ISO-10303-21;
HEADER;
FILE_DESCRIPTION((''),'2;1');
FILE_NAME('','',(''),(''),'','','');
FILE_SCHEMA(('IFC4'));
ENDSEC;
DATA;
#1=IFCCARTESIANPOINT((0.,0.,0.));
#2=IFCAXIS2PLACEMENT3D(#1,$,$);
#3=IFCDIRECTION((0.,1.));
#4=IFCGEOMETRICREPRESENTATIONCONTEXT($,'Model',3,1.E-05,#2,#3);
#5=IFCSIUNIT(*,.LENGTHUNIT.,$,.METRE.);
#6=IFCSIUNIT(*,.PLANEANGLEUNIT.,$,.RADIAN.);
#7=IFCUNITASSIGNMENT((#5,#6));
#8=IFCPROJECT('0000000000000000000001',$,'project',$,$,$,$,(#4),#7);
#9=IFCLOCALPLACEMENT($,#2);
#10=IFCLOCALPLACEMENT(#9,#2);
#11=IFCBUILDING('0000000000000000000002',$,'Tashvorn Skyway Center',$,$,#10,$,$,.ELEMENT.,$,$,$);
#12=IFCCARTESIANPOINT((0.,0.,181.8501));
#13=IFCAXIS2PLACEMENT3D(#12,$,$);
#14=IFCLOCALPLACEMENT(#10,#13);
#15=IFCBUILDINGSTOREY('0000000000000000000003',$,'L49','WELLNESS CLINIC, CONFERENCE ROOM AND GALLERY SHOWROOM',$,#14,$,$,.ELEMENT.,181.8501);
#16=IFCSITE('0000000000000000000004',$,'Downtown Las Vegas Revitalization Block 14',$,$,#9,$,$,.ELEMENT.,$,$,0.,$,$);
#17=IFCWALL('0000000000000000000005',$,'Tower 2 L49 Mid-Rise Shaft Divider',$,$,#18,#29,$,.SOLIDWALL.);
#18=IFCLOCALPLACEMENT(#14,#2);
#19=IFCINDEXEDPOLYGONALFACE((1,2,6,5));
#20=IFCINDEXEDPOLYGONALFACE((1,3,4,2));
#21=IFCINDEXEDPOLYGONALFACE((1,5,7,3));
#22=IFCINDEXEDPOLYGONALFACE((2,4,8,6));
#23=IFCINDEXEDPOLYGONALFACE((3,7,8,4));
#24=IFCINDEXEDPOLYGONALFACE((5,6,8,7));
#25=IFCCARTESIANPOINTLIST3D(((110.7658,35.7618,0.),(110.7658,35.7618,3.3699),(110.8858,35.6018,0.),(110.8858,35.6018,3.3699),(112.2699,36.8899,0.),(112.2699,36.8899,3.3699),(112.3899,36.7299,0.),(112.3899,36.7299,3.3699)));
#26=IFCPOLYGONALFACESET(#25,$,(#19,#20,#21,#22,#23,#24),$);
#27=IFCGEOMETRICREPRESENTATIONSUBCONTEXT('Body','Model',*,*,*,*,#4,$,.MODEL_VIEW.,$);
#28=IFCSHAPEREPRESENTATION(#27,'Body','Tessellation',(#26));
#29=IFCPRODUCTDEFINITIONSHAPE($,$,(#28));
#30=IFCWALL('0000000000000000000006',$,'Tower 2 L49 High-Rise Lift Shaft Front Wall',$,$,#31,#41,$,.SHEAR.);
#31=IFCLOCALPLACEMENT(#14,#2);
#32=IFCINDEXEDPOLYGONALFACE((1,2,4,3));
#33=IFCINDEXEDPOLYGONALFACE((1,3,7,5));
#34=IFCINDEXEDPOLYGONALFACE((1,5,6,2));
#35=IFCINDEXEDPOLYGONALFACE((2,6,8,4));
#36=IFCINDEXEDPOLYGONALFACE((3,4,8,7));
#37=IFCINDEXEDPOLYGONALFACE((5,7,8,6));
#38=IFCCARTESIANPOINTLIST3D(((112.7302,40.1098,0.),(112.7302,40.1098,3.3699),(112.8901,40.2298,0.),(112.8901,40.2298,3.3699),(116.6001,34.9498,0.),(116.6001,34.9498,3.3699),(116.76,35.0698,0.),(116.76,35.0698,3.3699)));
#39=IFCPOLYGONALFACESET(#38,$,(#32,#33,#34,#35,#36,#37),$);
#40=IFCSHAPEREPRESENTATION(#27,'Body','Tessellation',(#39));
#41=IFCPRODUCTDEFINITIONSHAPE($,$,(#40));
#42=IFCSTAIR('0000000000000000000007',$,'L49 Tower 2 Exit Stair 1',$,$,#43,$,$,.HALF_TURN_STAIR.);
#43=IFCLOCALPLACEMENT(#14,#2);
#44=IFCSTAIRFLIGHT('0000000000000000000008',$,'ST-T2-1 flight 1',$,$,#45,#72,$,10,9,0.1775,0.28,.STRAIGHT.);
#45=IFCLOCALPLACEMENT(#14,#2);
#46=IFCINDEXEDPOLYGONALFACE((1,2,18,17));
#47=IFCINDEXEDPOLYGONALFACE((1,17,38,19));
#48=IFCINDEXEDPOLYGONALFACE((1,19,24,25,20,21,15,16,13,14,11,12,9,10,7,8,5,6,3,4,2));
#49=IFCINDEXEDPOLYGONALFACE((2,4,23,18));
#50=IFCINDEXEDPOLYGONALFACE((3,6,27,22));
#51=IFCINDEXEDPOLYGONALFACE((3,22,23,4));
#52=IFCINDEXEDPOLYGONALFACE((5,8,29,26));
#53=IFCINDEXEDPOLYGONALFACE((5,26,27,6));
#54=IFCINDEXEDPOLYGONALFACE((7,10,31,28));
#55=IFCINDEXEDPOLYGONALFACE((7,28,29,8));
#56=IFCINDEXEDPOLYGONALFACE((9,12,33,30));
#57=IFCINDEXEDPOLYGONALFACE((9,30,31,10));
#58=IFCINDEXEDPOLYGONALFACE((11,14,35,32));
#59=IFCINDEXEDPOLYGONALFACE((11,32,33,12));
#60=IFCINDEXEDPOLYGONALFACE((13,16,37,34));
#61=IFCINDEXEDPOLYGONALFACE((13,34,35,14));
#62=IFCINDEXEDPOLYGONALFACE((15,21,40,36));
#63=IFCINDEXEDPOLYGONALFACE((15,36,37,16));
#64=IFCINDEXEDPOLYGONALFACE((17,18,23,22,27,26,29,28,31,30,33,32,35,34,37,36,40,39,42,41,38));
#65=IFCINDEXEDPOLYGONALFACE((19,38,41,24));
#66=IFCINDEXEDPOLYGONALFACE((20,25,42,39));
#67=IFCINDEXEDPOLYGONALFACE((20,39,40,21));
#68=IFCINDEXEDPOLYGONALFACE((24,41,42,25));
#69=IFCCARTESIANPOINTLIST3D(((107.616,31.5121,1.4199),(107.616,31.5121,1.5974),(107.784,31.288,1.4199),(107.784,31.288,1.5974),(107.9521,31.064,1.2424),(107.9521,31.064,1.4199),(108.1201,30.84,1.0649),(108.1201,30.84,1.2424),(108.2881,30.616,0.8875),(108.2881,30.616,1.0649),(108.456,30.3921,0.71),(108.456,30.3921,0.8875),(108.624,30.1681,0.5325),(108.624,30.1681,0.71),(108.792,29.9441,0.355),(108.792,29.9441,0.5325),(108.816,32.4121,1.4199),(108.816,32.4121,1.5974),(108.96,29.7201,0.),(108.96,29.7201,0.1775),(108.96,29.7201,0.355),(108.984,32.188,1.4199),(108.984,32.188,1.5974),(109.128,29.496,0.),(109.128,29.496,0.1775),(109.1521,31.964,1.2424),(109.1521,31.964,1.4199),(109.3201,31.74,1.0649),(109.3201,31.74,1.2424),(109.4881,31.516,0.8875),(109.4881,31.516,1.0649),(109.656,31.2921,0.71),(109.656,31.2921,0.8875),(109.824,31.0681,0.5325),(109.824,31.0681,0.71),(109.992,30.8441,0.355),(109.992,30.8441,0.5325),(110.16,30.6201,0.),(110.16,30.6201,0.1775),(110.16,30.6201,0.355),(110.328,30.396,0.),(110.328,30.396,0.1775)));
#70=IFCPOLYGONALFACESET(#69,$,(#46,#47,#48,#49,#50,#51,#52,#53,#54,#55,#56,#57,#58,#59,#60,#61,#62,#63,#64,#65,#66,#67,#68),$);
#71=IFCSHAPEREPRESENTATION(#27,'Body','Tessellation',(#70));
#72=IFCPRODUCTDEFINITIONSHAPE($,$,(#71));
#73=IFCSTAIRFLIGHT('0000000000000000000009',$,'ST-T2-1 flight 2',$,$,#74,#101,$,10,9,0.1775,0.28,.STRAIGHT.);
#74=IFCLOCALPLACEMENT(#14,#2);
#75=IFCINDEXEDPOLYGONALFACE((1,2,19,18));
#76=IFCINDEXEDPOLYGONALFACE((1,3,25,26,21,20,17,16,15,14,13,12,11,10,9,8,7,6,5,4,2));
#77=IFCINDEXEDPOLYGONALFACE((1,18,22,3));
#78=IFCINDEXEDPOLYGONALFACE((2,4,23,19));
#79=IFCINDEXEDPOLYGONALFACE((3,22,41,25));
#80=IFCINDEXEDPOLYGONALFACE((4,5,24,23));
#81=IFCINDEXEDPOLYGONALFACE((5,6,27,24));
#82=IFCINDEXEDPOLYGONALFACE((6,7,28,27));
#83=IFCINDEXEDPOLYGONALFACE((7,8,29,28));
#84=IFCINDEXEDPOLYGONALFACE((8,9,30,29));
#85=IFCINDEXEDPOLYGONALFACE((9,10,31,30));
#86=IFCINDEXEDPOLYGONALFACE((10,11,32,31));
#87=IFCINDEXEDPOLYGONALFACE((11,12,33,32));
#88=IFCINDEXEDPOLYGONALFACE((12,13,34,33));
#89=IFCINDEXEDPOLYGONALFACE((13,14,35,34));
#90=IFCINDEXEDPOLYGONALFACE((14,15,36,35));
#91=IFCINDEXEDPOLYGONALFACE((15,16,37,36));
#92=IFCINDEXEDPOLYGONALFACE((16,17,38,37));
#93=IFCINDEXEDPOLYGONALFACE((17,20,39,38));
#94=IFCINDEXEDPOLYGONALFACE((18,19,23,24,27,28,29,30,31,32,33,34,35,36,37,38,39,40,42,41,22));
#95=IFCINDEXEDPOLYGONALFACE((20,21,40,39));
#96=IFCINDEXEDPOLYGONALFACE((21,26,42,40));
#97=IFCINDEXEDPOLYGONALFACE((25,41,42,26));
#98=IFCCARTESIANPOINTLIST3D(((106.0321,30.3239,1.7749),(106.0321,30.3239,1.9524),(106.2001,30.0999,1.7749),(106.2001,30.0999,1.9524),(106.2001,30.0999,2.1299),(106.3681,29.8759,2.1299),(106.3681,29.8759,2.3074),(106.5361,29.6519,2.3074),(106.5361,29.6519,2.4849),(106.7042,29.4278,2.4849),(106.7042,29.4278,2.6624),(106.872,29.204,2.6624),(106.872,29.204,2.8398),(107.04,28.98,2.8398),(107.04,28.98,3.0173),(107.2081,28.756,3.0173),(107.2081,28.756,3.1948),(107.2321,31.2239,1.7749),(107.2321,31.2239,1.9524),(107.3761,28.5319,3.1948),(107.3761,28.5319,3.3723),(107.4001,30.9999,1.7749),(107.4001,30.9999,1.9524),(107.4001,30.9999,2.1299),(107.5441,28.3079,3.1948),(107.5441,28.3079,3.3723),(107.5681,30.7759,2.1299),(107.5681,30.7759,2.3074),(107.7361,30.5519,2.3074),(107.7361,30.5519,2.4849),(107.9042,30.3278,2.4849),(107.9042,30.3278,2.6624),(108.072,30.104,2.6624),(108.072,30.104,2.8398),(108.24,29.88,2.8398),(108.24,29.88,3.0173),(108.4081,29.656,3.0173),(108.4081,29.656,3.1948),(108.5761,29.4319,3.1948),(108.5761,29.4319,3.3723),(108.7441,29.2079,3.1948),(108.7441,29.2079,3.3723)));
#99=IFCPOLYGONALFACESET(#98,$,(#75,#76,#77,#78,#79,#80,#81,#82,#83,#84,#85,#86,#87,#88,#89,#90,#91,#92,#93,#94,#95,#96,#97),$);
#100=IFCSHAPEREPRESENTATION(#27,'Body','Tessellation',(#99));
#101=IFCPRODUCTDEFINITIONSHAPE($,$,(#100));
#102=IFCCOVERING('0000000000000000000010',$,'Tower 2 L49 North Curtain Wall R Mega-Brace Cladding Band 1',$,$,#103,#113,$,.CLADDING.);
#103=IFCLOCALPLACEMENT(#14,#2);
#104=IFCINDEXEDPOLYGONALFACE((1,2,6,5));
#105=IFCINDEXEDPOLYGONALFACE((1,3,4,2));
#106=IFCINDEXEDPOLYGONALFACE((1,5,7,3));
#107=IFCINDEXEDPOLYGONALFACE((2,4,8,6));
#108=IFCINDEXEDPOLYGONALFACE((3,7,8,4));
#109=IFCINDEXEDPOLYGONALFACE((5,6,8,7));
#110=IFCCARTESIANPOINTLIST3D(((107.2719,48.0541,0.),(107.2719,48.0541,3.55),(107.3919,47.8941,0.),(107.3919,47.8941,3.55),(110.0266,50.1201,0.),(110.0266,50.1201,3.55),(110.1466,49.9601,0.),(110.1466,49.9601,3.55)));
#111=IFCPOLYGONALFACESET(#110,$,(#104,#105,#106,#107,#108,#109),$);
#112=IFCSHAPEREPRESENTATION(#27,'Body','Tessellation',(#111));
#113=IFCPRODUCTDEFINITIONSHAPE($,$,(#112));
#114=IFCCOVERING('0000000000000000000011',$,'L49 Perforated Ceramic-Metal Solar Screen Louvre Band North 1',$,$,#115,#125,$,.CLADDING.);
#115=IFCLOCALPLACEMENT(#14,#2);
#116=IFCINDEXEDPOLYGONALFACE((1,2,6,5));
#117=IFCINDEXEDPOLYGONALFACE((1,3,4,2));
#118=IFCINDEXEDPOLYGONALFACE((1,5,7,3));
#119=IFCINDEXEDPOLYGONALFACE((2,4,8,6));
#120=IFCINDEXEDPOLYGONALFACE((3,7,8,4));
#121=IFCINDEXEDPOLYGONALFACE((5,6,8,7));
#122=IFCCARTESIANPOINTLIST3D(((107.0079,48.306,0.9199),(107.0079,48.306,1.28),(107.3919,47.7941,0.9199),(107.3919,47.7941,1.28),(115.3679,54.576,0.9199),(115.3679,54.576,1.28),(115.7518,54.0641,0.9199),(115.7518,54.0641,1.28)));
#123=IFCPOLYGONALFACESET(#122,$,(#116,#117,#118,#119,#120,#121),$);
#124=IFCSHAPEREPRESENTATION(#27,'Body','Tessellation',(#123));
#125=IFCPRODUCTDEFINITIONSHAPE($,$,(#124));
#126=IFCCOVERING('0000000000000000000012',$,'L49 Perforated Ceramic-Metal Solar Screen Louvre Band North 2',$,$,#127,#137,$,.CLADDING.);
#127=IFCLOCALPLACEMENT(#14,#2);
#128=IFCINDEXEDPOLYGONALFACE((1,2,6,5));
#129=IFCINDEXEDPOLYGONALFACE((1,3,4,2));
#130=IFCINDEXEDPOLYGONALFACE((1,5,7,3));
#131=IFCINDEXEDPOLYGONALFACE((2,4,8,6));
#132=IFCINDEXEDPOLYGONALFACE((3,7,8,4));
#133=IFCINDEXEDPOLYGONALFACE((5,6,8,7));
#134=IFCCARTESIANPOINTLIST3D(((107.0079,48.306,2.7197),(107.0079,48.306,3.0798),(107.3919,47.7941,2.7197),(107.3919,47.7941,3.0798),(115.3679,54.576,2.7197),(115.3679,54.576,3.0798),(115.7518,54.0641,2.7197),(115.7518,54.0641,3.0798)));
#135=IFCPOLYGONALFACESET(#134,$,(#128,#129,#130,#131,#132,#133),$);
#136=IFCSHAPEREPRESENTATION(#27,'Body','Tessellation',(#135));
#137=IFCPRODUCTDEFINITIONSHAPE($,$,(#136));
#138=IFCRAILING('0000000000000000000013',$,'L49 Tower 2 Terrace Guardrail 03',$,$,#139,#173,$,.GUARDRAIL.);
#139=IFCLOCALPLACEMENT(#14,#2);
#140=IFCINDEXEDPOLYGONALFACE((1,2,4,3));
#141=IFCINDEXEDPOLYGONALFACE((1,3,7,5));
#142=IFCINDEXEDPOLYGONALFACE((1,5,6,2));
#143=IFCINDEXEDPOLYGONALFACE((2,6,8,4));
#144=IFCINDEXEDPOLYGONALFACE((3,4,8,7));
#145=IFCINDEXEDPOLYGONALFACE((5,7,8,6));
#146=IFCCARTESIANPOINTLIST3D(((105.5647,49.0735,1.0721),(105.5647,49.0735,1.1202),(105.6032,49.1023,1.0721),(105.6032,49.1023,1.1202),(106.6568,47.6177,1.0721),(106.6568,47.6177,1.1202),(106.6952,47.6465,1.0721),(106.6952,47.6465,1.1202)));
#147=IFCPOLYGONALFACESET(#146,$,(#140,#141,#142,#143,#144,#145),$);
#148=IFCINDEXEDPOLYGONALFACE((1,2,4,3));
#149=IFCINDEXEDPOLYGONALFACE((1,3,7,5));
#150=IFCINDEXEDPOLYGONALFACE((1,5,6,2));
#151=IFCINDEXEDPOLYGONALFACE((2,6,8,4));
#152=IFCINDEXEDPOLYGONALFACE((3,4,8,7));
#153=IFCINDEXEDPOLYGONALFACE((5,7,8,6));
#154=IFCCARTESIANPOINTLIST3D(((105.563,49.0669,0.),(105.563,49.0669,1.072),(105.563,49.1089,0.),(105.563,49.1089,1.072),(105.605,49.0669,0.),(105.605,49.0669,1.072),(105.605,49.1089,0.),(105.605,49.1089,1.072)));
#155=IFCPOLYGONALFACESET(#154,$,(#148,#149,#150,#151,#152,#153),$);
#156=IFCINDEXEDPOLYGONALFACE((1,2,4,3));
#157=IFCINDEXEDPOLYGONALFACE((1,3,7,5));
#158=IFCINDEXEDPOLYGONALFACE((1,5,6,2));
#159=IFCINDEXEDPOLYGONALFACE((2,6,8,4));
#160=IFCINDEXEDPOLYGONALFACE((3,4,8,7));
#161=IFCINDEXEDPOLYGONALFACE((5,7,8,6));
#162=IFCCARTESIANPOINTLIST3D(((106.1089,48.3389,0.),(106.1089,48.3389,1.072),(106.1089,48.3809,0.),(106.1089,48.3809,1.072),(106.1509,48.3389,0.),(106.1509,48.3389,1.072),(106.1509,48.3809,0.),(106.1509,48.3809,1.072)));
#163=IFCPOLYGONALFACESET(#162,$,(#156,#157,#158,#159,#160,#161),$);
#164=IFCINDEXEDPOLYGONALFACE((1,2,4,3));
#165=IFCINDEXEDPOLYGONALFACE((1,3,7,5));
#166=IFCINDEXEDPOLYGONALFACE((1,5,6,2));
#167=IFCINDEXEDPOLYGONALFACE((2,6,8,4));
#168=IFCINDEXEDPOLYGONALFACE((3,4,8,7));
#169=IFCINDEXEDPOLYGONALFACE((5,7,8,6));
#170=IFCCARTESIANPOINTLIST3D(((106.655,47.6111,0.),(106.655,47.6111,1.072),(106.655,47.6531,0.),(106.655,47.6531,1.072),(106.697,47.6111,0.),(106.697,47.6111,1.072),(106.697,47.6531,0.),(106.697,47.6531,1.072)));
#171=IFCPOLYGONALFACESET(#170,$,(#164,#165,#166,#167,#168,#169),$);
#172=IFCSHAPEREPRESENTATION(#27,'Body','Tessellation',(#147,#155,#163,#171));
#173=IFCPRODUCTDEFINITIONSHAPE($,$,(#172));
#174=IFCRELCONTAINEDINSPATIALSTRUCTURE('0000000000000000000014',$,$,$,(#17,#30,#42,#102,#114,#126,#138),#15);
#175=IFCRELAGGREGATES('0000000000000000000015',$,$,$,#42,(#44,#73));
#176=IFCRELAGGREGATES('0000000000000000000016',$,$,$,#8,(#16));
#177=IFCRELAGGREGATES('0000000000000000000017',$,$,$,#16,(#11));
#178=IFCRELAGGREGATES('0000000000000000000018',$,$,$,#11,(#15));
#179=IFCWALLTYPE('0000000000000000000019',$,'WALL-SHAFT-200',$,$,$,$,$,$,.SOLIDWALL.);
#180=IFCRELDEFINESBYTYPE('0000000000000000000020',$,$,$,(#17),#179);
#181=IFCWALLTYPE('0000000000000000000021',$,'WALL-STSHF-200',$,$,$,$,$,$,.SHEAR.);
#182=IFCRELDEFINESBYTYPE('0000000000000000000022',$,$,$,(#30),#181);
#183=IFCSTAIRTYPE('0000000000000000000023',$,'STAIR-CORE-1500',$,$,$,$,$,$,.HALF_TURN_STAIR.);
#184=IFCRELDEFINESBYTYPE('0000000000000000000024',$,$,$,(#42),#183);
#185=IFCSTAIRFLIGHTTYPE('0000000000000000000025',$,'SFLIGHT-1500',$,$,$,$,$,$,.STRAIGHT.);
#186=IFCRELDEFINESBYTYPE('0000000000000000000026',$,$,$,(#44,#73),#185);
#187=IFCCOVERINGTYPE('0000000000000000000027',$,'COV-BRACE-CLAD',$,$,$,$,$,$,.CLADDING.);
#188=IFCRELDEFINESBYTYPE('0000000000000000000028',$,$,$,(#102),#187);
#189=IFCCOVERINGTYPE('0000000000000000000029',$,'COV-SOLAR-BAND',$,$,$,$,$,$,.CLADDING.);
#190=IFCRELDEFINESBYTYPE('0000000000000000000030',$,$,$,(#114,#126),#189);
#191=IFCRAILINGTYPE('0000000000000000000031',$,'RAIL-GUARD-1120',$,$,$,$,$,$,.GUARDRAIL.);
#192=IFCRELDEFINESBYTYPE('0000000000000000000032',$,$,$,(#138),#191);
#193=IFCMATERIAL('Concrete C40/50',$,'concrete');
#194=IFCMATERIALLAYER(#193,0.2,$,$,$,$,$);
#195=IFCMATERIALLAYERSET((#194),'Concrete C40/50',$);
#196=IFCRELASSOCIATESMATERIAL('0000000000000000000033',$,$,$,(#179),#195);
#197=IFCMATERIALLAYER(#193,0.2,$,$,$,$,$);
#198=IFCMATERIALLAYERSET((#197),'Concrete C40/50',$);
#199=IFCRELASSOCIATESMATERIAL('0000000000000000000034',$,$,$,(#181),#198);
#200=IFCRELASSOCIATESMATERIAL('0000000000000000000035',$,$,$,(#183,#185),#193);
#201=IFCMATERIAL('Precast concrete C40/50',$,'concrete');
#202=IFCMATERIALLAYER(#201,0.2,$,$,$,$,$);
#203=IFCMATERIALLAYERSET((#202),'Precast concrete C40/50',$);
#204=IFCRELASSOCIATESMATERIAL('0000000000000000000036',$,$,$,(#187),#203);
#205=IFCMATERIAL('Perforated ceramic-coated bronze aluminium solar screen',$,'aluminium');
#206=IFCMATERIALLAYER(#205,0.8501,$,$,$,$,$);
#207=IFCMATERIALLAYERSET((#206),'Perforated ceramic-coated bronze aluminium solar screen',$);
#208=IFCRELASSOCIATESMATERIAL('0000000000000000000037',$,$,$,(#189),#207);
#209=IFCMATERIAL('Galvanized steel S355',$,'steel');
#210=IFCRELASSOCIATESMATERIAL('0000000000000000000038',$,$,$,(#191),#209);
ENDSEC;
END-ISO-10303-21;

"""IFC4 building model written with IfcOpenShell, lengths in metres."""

from ifc_helpers import new_model, si_unit, direction, frame, frame_2d, origin, origin_2d, place, context, subcontext, project, spatial, polyline, rectangle, outline, extrude, material, layer, layer_set, type_object, element, aggregate, save


model = new_model("IFC4")

# Units and contexts
model_context = context("Model", 3, precision=1e-05, world=origin(), true_north=direction((0.0, 1.0)))
body_context = subcontext(model_context, "Body", "Model", "MODEL_VIEW")
ifc_project = project(units=[si_unit("LENGTHUNIT", "METRE"), si_unit("PLANEANGLEUNIT", "RADIAN")], contexts=[model_context])

# Site, building, storey
site_placement = place(None, origin())
site = spatial("IfcSite", under=ifc_project, at=site_placement, Name="Downtown Las Vegas Revitalization Block 14", CompositionType="ELEMENT", RefElevation=0.0)
building_placement = place(site_placement, origin())
building = spatial("IfcBuilding", under=site, at=building_placement, Name="Tashvorn Skyway Center", CompositionType="ELEMENT")
storey_placement = place(building_placement, frame((0.0, 0.0, 181.8501)))
storey = spatial("IfcBuildingStorey", under=building, at=storey_placement, Name="L49", Description="WELLNESS CLINIC, CONFERENCE ROOM AND GALLERY SHOWROOM", CompositionType="ELEMENT", Elevation=181.8501)

# Shared definitions
ifc_material_1 = material(Name="Concrete C40/50", Category="concrete")

# Walls
ifc_layer_1 = layer(ifc_material_1, 0.2)
ifc_layer_set_1 = layer_set([ifc_layer_1], Name="Concrete C40/50")
wall_type_1 = type_object("IfcWallType", Name="WALL-SHAFT-200", PredefinedType="SOLIDWALL", material=ifc_layer_set_1)
wall_1_placement = place(storey_placement, frame((110.8259, 35.6819, 0.0), z_axis=(0.0, 0.0, 1.0), x_axis=(0.799984, 0.600021, 0.0)))
element("IfcWall", 1, at=wall_1_placement, inside=storey, type_object=wall_type_1, Name="Tower 2 L49 Mid-Rise Shaft Divider", PredefinedType="SOLIDWALL", context=body_context, shape_type="SweptSolid", body=[
    extrude(rectangle(XDim=1.8801, YDim=0.2, at=frame_2d((0.9399, 0.0))), origin(), (0.0, 0.0, 1.0), 3.3699),
])
ifc_layer_2 = layer(ifc_material_1, 0.2)
ifc_layer_set_2 = layer_set([ifc_layer_2], Name="Concrete C40/50")
wall_type_2 = type_object("IfcWallType", Name="WALL-STSHF-200", PredefinedType="SHEAR", material=ifc_layer_set_2)
wall_2_placement = place(storey_placement, frame((112.8101, 40.1699, 0.0), z_axis=(0.0, 0.0, 1.0), x_axis=(0.599994, -0.800005, 0.0)))
element("IfcWall", 2, at=wall_2_placement, inside=storey, type_object=wall_type_2, Name="Tower 2 L49 High-Rise Lift Shaft Front Wall", PredefinedType="SHEAR", context=body_context, shape_type="SweptSolid", body=[
    extrude(rectangle(XDim=6.45, YDim=0.2, at=frame_2d((3.2251, 0.0))), origin(), (0.0, 0.0, 1.0), 3.3699),
])

# Stair, stair flights
stair_type = type_object("IfcStairType", Name="STAIR-CORE-1500", PredefinedType="HALF_TURN_STAIR", material=ifc_material_1)
stair_placement = place(storey_placement, origin())
stair = element("IfcStair", 3, at=stair_placement, inside=storey, type_object=stair_type, Name="L49 Tower 2 Exit Stair 1", PredefinedType="HALF_TURN_STAIR")
stair_flight_type = type_object("IfcStairFlightType", Name="SFLIGHT-1500", PredefinedType="STRAIGHT", material=ifc_material_1)
stair_flight_1_placement = place(storey_placement, frame((109.728, 29.946, 0.0), z_axis=(0.0, 0.0, 1.0), x_axis=(-0.6, 0.8, 0.0)))
stair_flight_1 = element("IfcStairFlight", 4, at=stair_flight_1_placement, type_object=stair_flight_type, Name="ST-T2-1 flight 1", NumberOfRisers=10, NumberOfTreads=9, PredefinedType="STRAIGHT", RiserHeight=0.1775, TreadLength=0.28, context=body_context, shape_type="SweptSolid", body=[
    extrude(outline(polyline([(0.0, 0.0), (0.0, 0.1775), (0.28, 0.1775), (0.28, 0.355), (0.5601, 0.355), (0.5601, 0.5325), (0.8401, 0.5325), (0.8401, 0.71), (1.1201, 0.71), (1.1201, 0.8875), (1.3999, 0.8875), (1.3999, 1.0649), (1.6799, 1.0649), (1.6799, 1.2424), (1.96, 1.2424), (1.96, 1.4199), (2.24, 1.4199), (2.24, 1.5974), (2.52, 1.5974), (2.52, 1.7749), (2.52, 1.4199), (0.28, 0.0), (0.0, 0.0)])), frame((0.0, 0.75, 0.0), z_axis=(0.0, -1.0, 0.0), x_axis=(1.0, 0.0, 0.0)), (0.0, 0.0, 1.0), 1.5),
])
stair_flight_2_placement = place(storey_placement, frame((106.6321, 30.7739, 1.7749), z_axis=(0.0, 0.0, 1.0), x_axis=(0.6, -0.8, 0.0)))
stair_flight_2 = element("IfcStairFlight", 5, at=stair_flight_2_placement, type_object=stair_flight_type, Name="ST-T2-1 flight 2", NumberOfRisers=10, NumberOfTreads=9, PredefinedType="STRAIGHT", RiserHeight=0.1775, TreadLength=0.28, context=body_context, shape_type="SweptSolid", body=[
    extrude(outline(polyline([(0.0, 0.0), (0.0, 0.1775), (0.28, 0.1775), (0.28, 0.355), (0.5601, 0.355), (0.5601, 0.5325), (0.8401, 0.5325), (0.8401, 0.71), (1.1201, 0.71), (1.1201, 0.8875), (1.3999, 0.8875), (1.3999, 1.0649), (1.6799, 1.0649), (1.6799, 1.2424), (1.96, 1.2424), (1.96, 1.4199), (2.24, 1.4199), (2.24, 1.5974), (2.52, 1.5974), (2.52, 1.7749), (2.52, 1.4199), (0.28, 0.0), (0.0, 0.0)])), frame((0.0, 0.75, 0.0), z_axis=(0.0, -1.0, 0.0), x_axis=(1.0, 0.0, 0.0)), (0.0, 0.0, 1.0), 1.5),
])
aggregate(stair, [stair_flight_1, stair_flight_2])

# Coverings
ifc_material_2 = material(Name="Precast concrete C40/50", Category="concrete")
ifc_layer_3 = layer(ifc_material_2, 0.2)
ifc_layer_set_3 = layer_set([ifc_layer_3], Name="Precast concrete C40/50")
covering_type_1 = type_object("IfcCoveringType", Name="COV-BRACE-CLAD", PredefinedType="CLADDING", material=ifc_layer_set_3)
covering_placement = place(storey_placement, frame((108.7092, 49.0071, 0.0), z_axis=(0.0, 0.0, 1.0), x_axis=(0.8, 0.6, 0.0)))
element("IfcCovering", 6, at=covering_placement, inside=storey, type_object=covering_type_1, Name="Tower 2 L49 North Curtain Wall R Mega-Brace Cladding Band 1", PredefinedType="CLADDING", context=body_context, shape_type="SweptSolid", body=[
    extrude(rectangle(XDim=3.4434, YDim=0.2, at=origin_2d()), origin(), (0.0, 0.0, 1.0), 3.55),
])
ifc_material_3 = material(Name="Perforated ceramic-coated bronze aluminium solar screen", Category="aluminium")
ifc_layer_4 = layer(ifc_material_3, 0.8501)
ifc_layer_set_4 = layer_set([ifc_layer_4], Name="Perforated ceramic-coated bronze aluminium solar screen")
covering_type_2 = type_object("IfcCoveringType", Name="COV-SOLAR-BAND", PredefinedType="CLADDING", material=ifc_layer_set_4)
for number, where, z_axis, x_axis, name in (
    (7, (111.3799, 51.1851, 0.9199), (0.0, 0.0, 1.0), (0.8, 0.6, 0.0), "L49 Perforated Ceramic-Metal Solar Screen Louvre Band North 1"),
    (8, (111.3799, 51.1851, 2.7197), (0.0, 0.0, 1.0), (0.8, 0.6, 0.0), "L49 Perforated Ceramic-Metal Solar Screen Louvre Band North 2"),
):
    element("IfcCovering", number, at=place(storey_placement, frame(where, z_axis=z_axis, x_axis=x_axis)), inside=storey, type_object=covering_type_2, Name=name, PredefinedType="CLADDING", context=body_context, shape_type="SweptSolid", body=[
        extrude(rectangle(XDim=10.45, YDim=0.6399, at=origin_2d()), origin(), (0.0, 0.0, 1.0), 0.3601),
    ])

# Railing
ifc_material_4 = material(Name="Galvanized steel S355", Category="steel")
railing_type_1 = type_object("IfcRailingType", Name="RAIL-GUARD-1120", PredefinedType="GUARDRAIL", material=ifc_material_4)
railing_1_placement = place(storey_placement, frame((105.584, 49.0879, 0.0)))
element("IfcRailing", 9, at=railing_1_placement, inside=storey, type_object=railing_type_1, Name="L49 Tower 2 Terrace Guardrail 03", PredefinedType="GUARDRAIL", context=body_context, shape_type="SweptSolid", body=[
    extrude(rectangle(XDim=0.0481, YDim=0.0481, at=origin_2d()), frame((0.0, 0.0, 1.0962), z_axis=(0.600064, -0.799952, 0.0), x_axis=(0.799952, 0.600064, 0.0)), (0.0, 0.0, 1.0), 1.8198),
    extrude(rectangle(XDim=0.042, YDim=0.042, at=origin_2d()), origin(), (0.0, 0.0, 1.0), 1.072),
    extrude(rectangle(XDim=0.042, YDim=0.042, at=origin_2d()), frame((0.5459, -0.728, 0.0)), (0.0, 0.0, 1.0), 1.072),
    extrude(rectangle(XDim=0.042, YDim=0.042, at=origin_2d()), frame((1.092, -1.4558, 0.0)), (0.0, 0.0, 1.0), 1.072),
])

save(model, "model.ifc")
